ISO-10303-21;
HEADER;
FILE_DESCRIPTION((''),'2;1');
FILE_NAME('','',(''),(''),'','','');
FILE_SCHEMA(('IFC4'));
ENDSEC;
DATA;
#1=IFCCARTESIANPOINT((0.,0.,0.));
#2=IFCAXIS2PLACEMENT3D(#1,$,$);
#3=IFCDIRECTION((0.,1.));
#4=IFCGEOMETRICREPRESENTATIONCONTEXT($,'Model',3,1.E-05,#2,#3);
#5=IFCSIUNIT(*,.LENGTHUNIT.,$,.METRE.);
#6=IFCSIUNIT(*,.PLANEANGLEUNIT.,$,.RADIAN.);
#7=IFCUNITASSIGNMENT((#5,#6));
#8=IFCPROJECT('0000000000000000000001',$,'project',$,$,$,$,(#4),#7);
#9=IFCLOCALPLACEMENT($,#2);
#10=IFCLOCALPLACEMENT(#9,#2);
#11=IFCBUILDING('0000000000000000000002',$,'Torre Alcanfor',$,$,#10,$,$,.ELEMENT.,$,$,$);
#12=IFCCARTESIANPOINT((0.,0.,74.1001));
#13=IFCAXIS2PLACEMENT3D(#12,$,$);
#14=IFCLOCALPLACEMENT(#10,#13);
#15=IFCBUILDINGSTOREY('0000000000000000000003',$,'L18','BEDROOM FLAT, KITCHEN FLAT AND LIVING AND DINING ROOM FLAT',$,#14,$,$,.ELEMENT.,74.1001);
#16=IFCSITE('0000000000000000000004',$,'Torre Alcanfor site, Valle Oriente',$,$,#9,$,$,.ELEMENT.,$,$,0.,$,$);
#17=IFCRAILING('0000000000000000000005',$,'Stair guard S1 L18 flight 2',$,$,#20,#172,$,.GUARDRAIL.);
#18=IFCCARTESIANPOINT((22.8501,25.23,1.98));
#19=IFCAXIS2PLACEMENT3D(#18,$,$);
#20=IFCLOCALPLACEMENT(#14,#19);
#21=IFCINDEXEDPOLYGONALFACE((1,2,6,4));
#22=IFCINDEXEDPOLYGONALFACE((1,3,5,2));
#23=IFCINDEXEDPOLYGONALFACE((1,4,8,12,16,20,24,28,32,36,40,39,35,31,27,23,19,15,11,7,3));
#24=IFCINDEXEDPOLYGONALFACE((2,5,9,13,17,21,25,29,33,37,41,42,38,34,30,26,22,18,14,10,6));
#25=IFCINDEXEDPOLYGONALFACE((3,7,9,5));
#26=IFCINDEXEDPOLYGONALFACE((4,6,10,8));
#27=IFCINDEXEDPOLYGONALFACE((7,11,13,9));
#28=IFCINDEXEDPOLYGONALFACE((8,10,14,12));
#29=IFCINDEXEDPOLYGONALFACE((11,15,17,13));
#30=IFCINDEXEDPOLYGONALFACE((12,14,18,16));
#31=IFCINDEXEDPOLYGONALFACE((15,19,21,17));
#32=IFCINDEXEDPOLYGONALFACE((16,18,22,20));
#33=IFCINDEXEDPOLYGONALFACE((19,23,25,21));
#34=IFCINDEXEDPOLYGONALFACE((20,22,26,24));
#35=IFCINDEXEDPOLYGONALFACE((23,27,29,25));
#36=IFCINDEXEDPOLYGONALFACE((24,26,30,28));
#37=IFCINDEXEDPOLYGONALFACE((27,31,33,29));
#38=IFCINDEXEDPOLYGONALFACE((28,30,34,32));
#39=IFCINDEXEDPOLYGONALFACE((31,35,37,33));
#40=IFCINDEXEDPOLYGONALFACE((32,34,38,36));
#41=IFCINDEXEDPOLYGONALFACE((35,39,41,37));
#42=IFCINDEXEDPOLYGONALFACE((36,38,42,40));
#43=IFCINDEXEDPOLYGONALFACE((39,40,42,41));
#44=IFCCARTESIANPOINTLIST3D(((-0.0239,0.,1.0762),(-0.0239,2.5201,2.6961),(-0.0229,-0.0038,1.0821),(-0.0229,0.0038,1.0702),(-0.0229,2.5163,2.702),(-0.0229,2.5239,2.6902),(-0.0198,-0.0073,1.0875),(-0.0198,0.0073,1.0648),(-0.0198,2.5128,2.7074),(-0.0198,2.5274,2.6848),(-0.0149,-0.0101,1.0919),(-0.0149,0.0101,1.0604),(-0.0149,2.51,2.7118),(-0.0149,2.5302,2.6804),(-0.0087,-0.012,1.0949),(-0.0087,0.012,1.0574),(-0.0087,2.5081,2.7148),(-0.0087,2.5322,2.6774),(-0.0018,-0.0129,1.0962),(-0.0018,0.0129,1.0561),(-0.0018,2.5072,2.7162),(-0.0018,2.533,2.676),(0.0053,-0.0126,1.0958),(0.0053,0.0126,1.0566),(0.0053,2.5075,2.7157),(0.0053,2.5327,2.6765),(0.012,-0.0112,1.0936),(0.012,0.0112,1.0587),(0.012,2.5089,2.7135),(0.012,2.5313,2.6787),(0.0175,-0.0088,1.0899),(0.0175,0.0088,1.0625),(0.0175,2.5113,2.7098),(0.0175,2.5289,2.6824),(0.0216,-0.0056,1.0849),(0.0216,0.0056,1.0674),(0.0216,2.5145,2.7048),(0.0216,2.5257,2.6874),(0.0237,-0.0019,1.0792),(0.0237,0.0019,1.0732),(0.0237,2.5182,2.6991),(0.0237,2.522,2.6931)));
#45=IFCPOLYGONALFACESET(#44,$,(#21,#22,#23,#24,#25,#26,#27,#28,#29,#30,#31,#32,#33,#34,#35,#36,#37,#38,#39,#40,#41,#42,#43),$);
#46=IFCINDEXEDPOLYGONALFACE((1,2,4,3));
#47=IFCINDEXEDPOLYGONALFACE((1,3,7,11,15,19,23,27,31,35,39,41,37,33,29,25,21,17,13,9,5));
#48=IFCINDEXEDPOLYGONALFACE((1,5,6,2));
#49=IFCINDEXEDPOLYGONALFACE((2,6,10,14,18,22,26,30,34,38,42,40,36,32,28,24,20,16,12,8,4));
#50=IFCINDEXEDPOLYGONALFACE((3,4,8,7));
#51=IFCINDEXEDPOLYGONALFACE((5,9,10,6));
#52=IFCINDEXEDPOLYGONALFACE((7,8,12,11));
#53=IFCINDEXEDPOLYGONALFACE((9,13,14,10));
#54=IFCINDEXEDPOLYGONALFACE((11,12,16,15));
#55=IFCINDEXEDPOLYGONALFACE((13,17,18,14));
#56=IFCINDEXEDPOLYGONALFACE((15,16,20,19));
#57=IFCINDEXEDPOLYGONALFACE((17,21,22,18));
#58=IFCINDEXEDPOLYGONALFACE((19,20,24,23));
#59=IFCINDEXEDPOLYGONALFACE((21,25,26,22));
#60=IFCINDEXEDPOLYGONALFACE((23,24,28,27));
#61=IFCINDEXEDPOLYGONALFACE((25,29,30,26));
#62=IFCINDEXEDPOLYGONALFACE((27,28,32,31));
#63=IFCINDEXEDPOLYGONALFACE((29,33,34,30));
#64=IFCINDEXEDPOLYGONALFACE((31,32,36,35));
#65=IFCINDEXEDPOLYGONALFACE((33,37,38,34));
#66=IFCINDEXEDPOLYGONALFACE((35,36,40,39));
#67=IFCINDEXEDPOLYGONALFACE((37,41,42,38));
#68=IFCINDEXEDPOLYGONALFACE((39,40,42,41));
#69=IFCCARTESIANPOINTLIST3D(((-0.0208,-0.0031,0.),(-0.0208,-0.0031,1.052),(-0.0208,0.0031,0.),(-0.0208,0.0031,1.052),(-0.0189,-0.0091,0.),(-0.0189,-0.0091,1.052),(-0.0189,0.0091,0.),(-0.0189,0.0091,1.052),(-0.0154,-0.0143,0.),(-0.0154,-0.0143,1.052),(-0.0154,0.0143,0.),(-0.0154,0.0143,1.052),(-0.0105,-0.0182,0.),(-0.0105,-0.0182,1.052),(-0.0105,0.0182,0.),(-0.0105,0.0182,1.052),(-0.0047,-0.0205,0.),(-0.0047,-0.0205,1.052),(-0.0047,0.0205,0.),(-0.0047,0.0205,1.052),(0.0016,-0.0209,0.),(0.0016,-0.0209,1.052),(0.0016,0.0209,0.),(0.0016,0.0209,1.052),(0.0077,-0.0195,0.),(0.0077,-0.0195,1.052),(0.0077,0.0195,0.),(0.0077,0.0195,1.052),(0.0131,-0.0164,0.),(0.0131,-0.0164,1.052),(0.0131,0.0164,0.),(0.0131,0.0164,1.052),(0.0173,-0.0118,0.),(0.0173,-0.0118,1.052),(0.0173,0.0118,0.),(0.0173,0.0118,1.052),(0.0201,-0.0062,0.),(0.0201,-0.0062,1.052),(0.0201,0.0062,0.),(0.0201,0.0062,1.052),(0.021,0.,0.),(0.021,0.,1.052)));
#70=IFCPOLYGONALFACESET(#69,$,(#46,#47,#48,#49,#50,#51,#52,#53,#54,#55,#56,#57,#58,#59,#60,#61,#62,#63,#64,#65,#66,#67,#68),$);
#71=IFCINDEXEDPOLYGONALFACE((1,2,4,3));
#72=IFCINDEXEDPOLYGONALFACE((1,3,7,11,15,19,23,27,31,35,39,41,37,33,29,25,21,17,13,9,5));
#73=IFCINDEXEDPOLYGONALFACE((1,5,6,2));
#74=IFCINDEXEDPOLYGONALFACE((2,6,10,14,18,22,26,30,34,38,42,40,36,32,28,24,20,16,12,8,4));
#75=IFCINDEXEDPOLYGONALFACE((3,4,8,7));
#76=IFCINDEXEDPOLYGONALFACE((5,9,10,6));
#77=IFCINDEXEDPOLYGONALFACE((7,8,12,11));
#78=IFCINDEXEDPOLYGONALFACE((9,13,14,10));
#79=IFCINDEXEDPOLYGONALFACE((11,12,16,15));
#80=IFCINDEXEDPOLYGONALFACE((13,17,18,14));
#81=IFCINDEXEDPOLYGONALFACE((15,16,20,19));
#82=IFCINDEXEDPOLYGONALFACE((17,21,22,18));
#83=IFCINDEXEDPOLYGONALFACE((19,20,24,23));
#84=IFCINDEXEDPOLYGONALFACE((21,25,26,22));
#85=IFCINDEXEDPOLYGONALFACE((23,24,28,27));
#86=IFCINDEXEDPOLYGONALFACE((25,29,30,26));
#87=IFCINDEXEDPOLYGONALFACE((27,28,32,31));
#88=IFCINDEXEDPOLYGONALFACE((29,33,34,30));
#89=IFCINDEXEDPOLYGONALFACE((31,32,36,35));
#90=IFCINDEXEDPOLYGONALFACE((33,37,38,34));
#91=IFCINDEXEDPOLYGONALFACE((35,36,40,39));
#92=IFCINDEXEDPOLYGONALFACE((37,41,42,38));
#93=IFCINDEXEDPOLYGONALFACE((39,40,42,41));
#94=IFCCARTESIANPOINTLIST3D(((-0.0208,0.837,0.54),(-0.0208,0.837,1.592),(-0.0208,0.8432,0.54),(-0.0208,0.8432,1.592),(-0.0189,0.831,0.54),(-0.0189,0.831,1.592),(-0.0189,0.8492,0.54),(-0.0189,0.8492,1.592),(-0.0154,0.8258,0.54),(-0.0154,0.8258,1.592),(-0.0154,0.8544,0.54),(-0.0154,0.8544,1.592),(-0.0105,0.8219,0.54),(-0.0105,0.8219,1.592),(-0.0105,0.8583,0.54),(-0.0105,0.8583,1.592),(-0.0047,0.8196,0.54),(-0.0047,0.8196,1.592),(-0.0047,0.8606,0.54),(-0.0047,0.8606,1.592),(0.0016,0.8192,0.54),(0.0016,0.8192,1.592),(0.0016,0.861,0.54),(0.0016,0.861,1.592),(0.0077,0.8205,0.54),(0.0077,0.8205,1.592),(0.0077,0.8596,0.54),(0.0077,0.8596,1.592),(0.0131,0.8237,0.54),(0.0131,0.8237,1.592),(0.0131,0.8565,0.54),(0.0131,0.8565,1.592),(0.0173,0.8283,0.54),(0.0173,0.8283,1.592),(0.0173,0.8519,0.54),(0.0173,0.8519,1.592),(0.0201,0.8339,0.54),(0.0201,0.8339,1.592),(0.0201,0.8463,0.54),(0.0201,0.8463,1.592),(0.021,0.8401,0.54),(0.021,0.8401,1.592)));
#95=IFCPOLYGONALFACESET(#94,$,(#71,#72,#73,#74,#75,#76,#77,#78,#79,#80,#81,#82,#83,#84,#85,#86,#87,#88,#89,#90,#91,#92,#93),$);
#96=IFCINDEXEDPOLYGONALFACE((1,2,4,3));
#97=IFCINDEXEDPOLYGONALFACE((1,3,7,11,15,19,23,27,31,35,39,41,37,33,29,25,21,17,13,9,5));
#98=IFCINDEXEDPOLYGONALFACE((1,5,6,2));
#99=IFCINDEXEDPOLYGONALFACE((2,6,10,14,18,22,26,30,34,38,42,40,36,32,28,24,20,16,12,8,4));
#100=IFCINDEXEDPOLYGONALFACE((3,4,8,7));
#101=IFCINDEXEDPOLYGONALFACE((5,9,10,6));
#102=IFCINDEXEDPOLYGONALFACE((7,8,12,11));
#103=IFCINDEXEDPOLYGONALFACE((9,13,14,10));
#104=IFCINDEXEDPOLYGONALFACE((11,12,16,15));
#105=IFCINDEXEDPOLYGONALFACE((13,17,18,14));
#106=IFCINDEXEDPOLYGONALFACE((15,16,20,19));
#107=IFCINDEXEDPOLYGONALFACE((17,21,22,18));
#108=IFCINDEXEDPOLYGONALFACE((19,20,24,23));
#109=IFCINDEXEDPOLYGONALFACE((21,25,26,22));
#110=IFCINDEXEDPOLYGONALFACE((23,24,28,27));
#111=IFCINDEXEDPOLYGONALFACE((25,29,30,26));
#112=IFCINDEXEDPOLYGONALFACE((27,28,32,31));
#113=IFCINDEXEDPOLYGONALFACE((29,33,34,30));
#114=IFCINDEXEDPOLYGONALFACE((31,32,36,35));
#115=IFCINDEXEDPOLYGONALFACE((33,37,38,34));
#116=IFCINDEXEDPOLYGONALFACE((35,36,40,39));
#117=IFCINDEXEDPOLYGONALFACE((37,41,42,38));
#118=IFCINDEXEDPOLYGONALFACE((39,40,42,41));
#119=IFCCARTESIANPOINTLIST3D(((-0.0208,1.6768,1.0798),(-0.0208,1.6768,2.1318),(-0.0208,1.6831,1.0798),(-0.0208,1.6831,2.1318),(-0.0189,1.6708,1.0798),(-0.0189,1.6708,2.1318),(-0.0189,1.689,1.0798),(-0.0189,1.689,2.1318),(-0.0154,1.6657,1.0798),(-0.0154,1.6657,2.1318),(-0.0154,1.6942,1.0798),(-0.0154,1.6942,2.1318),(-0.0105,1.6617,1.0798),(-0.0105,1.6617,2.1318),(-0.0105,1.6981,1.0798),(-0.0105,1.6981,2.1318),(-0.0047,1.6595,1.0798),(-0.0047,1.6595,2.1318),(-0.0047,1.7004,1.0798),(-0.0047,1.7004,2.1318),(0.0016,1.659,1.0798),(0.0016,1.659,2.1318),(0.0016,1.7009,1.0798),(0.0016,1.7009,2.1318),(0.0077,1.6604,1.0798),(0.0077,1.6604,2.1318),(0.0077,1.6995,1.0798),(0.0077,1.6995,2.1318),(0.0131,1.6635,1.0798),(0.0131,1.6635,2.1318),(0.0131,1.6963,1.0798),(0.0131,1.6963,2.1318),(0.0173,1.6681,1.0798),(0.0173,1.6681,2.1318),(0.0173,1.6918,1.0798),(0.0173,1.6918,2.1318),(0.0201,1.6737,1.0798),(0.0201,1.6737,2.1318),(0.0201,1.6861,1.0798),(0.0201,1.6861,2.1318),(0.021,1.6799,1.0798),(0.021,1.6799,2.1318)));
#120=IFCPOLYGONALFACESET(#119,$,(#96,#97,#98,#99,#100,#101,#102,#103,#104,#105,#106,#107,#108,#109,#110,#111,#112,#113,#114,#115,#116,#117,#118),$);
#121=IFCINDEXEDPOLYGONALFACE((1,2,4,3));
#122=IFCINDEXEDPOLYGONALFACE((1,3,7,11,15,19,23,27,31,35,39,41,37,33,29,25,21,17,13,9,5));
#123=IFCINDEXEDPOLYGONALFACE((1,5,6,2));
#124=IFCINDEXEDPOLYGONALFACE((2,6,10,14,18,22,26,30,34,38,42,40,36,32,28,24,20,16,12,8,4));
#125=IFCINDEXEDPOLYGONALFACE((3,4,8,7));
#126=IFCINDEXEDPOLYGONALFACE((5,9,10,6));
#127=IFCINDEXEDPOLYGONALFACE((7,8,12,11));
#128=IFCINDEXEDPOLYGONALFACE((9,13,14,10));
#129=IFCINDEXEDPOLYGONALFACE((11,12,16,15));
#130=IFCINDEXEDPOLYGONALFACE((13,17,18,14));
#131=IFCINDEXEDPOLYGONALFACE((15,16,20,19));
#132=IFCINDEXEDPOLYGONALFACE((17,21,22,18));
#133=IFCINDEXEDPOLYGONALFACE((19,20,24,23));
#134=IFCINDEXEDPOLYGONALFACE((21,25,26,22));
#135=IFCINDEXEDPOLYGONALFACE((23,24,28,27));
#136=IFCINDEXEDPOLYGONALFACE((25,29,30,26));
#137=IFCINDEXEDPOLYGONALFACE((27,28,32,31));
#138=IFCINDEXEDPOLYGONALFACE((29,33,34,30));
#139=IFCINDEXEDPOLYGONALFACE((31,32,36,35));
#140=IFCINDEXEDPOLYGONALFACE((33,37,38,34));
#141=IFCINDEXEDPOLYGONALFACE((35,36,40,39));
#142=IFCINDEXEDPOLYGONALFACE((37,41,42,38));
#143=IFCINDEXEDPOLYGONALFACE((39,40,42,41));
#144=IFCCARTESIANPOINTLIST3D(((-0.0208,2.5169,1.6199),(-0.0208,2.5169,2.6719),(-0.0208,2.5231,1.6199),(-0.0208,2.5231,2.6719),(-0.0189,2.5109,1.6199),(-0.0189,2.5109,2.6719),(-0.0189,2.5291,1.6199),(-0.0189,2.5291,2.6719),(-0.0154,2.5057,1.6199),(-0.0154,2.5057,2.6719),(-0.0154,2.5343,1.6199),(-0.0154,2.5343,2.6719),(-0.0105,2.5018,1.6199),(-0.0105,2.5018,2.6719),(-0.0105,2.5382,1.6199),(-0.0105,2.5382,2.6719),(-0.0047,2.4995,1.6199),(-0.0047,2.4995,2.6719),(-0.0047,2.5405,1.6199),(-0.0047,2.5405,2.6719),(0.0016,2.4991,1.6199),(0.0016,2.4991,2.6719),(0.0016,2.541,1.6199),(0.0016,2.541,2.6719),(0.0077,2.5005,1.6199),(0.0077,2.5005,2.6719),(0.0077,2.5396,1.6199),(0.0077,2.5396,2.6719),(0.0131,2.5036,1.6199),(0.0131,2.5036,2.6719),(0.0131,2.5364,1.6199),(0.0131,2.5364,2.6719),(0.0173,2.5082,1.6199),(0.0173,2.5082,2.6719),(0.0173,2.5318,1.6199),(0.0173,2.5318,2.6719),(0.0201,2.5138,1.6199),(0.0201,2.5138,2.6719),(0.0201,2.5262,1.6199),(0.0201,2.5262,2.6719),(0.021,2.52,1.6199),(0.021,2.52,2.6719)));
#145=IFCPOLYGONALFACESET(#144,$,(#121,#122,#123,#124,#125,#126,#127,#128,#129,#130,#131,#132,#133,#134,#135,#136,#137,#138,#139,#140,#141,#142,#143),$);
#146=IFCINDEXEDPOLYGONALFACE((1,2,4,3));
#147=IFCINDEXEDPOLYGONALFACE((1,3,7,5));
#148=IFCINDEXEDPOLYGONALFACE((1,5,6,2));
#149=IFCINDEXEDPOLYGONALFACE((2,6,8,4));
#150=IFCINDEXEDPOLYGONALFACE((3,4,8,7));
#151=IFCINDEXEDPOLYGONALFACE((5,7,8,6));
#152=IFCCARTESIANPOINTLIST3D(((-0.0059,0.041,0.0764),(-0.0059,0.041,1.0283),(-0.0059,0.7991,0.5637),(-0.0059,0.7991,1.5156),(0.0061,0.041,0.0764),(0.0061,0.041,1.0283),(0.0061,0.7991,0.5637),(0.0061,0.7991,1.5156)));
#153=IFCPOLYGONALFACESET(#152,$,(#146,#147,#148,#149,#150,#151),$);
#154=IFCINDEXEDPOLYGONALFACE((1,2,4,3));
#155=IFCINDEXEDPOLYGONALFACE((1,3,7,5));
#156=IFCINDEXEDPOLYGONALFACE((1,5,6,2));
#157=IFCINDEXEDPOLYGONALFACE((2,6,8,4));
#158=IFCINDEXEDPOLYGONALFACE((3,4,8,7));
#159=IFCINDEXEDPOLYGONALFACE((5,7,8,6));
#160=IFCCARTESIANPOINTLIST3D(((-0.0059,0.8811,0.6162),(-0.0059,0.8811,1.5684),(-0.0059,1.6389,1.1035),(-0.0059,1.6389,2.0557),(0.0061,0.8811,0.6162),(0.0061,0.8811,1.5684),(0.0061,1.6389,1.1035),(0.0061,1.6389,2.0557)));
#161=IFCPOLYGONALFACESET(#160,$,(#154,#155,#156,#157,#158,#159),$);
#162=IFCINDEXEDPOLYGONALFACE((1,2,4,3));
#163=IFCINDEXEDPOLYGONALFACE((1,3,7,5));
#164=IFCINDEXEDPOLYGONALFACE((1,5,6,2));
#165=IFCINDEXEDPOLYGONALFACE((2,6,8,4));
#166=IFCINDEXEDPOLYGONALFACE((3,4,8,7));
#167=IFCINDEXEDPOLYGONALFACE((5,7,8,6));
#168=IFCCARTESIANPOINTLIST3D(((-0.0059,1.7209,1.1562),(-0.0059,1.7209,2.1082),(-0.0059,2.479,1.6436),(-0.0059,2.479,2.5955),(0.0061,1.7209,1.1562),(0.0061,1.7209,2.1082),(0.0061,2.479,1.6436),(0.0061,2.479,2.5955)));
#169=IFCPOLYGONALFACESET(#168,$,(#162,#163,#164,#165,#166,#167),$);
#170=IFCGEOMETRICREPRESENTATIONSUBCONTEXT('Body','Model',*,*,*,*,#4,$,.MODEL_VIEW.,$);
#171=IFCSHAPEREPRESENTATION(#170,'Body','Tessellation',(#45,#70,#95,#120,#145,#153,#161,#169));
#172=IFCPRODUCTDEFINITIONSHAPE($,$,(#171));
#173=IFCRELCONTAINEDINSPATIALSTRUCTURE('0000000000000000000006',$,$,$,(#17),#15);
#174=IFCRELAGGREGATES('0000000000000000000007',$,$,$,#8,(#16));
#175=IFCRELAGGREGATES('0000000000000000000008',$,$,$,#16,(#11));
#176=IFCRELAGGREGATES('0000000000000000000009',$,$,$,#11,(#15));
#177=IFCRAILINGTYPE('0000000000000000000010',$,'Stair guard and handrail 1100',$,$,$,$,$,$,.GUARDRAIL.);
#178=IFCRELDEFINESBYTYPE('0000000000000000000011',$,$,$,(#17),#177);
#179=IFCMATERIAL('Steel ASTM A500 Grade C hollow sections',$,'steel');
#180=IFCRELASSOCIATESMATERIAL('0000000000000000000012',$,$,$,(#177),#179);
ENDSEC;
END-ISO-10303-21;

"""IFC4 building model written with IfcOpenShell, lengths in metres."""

from ifc_helpers import new_model, si_unit, direction, frame, origin, origin_2d, place, context, subcontext, project, spatial, polyline, circle, outline, extrude, material, type_object, element, save


model = new_model("IFC4")

# Units and contexts
model_context = context("Model", 3, precision=1e-05, world=origin(), true_north=direction((0.0, 1.0)))
body_context = subcontext(model_context, "Body", "Model", "MODEL_VIEW")
ifc_project = project(units=[si_unit("LENGTHUNIT", "METRE"), si_unit("PLANEANGLEUNIT", "RADIAN")], contexts=[model_context])

# Site, building, storey
site_placement = place(None, origin())
site = spatial("IfcSite", under=ifc_project, at=site_placement, Name="Torre Alcanfor site, Valle Oriente", CompositionType="ELEMENT", RefElevation=0.0)
building_placement = place(site_placement, origin())
building = spatial("IfcBuilding", under=site, at=building_placement, Name="Torre Alcanfor", CompositionType="ELEMENT")
storey_placement = place(building_placement, frame((0.0, 0.0, 74.1001)))
storey = spatial("IfcBuildingStorey", under=building, at=storey_placement, Name="L18", Description="BEDROOM FLAT, KITCHEN FLAT AND LIVING AND DINING ROOM FLAT", CompositionType="ELEMENT", Elevation=74.1001)

# Railing
ifc_material_1 = material(Name="Steel ASTM A500 Grade C hollow sections", Category="steel")
railing_type_1 = type_object("IfcRailingType", Name="Stair guard and handrail 1100", PredefinedType="GUARDRAIL", material=ifc_material_1)
railing_1_placement = place(storey_placement, frame((22.8501, 25.23, 1.98)))
element("IfcRailing", 1, at=railing_1_placement, inside=storey, type_object=railing_type_1, Name="Stair guard S1 L18 flight 2", PredefinedType="GUARDRAIL", context=body_context, shape_type="SweptSolid", body=[
    extrude(circle(Radius=0.0239, at=origin_2d()), frame((0.0, 0.0, 1.0762), z_axis=(0.0, 0.8412, 0.540725), x_axis=(-1.0, 0.0, 0.0)), (0.0, 0.0, 1.0), 2.9958),
    extrude(circle(Radius=0.021, at=origin_2d()), origin(), (0.0, 0.0, 1.0), 1.052),
    extrude(circle(Radius=0.021, at=origin_2d()), frame((0.0, 0.8401, 0.54)), (0.0, 0.0, 1.0), 1.052),
    extrude(circle(Radius=0.021, at=origin_2d()), frame((0.0, 1.6799, 1.0798)), (0.0, 0.0, 1.0), 1.052),
    extrude(circle(Radius=0.021, at=origin_2d()), frame((0.0, 2.52, 1.6199)), (0.0, 0.0, 1.0), 1.052),
    extrude(outline(polyline([(0.041, 0.0764), (0.7991, 0.5637), (0.7991, 1.5156), (0.041, 1.0283), (0.041, 0.0764)])), frame((-0.0059, 0.0, 0.0), z_axis=(1.0, 0.0, 0.0), x_axis=(0.0, 1.0, 0.0)), (0.0, 0.0, 1.0), 0.012),
    extrude(outline(polyline([(0.8811, 0.6162), (1.6389, 1.1035), (1.6389, 2.0557), (0.8811, 1.5684), (0.8811, 0.6162)])), frame((-0.0059, 0.0, 0.0), z_axis=(1.0, 0.0, 0.0), x_axis=(0.0, 1.0, 0.0)), (0.0, 0.0, 1.0), 0.012),
    extrude(outline(polyline([(1.7209, 1.1562), (2.479, 1.6436), (2.479, 2.5955), (1.7209, 2.1082), (1.7209, 1.1562)])), frame((-0.0059, 0.0, 0.0), z_axis=(1.0, 0.0, 0.0), x_axis=(0.0, 1.0, 0.0)), (0.0, 0.0, 1.0), 0.012),
])

save(model, "model.ifc")
